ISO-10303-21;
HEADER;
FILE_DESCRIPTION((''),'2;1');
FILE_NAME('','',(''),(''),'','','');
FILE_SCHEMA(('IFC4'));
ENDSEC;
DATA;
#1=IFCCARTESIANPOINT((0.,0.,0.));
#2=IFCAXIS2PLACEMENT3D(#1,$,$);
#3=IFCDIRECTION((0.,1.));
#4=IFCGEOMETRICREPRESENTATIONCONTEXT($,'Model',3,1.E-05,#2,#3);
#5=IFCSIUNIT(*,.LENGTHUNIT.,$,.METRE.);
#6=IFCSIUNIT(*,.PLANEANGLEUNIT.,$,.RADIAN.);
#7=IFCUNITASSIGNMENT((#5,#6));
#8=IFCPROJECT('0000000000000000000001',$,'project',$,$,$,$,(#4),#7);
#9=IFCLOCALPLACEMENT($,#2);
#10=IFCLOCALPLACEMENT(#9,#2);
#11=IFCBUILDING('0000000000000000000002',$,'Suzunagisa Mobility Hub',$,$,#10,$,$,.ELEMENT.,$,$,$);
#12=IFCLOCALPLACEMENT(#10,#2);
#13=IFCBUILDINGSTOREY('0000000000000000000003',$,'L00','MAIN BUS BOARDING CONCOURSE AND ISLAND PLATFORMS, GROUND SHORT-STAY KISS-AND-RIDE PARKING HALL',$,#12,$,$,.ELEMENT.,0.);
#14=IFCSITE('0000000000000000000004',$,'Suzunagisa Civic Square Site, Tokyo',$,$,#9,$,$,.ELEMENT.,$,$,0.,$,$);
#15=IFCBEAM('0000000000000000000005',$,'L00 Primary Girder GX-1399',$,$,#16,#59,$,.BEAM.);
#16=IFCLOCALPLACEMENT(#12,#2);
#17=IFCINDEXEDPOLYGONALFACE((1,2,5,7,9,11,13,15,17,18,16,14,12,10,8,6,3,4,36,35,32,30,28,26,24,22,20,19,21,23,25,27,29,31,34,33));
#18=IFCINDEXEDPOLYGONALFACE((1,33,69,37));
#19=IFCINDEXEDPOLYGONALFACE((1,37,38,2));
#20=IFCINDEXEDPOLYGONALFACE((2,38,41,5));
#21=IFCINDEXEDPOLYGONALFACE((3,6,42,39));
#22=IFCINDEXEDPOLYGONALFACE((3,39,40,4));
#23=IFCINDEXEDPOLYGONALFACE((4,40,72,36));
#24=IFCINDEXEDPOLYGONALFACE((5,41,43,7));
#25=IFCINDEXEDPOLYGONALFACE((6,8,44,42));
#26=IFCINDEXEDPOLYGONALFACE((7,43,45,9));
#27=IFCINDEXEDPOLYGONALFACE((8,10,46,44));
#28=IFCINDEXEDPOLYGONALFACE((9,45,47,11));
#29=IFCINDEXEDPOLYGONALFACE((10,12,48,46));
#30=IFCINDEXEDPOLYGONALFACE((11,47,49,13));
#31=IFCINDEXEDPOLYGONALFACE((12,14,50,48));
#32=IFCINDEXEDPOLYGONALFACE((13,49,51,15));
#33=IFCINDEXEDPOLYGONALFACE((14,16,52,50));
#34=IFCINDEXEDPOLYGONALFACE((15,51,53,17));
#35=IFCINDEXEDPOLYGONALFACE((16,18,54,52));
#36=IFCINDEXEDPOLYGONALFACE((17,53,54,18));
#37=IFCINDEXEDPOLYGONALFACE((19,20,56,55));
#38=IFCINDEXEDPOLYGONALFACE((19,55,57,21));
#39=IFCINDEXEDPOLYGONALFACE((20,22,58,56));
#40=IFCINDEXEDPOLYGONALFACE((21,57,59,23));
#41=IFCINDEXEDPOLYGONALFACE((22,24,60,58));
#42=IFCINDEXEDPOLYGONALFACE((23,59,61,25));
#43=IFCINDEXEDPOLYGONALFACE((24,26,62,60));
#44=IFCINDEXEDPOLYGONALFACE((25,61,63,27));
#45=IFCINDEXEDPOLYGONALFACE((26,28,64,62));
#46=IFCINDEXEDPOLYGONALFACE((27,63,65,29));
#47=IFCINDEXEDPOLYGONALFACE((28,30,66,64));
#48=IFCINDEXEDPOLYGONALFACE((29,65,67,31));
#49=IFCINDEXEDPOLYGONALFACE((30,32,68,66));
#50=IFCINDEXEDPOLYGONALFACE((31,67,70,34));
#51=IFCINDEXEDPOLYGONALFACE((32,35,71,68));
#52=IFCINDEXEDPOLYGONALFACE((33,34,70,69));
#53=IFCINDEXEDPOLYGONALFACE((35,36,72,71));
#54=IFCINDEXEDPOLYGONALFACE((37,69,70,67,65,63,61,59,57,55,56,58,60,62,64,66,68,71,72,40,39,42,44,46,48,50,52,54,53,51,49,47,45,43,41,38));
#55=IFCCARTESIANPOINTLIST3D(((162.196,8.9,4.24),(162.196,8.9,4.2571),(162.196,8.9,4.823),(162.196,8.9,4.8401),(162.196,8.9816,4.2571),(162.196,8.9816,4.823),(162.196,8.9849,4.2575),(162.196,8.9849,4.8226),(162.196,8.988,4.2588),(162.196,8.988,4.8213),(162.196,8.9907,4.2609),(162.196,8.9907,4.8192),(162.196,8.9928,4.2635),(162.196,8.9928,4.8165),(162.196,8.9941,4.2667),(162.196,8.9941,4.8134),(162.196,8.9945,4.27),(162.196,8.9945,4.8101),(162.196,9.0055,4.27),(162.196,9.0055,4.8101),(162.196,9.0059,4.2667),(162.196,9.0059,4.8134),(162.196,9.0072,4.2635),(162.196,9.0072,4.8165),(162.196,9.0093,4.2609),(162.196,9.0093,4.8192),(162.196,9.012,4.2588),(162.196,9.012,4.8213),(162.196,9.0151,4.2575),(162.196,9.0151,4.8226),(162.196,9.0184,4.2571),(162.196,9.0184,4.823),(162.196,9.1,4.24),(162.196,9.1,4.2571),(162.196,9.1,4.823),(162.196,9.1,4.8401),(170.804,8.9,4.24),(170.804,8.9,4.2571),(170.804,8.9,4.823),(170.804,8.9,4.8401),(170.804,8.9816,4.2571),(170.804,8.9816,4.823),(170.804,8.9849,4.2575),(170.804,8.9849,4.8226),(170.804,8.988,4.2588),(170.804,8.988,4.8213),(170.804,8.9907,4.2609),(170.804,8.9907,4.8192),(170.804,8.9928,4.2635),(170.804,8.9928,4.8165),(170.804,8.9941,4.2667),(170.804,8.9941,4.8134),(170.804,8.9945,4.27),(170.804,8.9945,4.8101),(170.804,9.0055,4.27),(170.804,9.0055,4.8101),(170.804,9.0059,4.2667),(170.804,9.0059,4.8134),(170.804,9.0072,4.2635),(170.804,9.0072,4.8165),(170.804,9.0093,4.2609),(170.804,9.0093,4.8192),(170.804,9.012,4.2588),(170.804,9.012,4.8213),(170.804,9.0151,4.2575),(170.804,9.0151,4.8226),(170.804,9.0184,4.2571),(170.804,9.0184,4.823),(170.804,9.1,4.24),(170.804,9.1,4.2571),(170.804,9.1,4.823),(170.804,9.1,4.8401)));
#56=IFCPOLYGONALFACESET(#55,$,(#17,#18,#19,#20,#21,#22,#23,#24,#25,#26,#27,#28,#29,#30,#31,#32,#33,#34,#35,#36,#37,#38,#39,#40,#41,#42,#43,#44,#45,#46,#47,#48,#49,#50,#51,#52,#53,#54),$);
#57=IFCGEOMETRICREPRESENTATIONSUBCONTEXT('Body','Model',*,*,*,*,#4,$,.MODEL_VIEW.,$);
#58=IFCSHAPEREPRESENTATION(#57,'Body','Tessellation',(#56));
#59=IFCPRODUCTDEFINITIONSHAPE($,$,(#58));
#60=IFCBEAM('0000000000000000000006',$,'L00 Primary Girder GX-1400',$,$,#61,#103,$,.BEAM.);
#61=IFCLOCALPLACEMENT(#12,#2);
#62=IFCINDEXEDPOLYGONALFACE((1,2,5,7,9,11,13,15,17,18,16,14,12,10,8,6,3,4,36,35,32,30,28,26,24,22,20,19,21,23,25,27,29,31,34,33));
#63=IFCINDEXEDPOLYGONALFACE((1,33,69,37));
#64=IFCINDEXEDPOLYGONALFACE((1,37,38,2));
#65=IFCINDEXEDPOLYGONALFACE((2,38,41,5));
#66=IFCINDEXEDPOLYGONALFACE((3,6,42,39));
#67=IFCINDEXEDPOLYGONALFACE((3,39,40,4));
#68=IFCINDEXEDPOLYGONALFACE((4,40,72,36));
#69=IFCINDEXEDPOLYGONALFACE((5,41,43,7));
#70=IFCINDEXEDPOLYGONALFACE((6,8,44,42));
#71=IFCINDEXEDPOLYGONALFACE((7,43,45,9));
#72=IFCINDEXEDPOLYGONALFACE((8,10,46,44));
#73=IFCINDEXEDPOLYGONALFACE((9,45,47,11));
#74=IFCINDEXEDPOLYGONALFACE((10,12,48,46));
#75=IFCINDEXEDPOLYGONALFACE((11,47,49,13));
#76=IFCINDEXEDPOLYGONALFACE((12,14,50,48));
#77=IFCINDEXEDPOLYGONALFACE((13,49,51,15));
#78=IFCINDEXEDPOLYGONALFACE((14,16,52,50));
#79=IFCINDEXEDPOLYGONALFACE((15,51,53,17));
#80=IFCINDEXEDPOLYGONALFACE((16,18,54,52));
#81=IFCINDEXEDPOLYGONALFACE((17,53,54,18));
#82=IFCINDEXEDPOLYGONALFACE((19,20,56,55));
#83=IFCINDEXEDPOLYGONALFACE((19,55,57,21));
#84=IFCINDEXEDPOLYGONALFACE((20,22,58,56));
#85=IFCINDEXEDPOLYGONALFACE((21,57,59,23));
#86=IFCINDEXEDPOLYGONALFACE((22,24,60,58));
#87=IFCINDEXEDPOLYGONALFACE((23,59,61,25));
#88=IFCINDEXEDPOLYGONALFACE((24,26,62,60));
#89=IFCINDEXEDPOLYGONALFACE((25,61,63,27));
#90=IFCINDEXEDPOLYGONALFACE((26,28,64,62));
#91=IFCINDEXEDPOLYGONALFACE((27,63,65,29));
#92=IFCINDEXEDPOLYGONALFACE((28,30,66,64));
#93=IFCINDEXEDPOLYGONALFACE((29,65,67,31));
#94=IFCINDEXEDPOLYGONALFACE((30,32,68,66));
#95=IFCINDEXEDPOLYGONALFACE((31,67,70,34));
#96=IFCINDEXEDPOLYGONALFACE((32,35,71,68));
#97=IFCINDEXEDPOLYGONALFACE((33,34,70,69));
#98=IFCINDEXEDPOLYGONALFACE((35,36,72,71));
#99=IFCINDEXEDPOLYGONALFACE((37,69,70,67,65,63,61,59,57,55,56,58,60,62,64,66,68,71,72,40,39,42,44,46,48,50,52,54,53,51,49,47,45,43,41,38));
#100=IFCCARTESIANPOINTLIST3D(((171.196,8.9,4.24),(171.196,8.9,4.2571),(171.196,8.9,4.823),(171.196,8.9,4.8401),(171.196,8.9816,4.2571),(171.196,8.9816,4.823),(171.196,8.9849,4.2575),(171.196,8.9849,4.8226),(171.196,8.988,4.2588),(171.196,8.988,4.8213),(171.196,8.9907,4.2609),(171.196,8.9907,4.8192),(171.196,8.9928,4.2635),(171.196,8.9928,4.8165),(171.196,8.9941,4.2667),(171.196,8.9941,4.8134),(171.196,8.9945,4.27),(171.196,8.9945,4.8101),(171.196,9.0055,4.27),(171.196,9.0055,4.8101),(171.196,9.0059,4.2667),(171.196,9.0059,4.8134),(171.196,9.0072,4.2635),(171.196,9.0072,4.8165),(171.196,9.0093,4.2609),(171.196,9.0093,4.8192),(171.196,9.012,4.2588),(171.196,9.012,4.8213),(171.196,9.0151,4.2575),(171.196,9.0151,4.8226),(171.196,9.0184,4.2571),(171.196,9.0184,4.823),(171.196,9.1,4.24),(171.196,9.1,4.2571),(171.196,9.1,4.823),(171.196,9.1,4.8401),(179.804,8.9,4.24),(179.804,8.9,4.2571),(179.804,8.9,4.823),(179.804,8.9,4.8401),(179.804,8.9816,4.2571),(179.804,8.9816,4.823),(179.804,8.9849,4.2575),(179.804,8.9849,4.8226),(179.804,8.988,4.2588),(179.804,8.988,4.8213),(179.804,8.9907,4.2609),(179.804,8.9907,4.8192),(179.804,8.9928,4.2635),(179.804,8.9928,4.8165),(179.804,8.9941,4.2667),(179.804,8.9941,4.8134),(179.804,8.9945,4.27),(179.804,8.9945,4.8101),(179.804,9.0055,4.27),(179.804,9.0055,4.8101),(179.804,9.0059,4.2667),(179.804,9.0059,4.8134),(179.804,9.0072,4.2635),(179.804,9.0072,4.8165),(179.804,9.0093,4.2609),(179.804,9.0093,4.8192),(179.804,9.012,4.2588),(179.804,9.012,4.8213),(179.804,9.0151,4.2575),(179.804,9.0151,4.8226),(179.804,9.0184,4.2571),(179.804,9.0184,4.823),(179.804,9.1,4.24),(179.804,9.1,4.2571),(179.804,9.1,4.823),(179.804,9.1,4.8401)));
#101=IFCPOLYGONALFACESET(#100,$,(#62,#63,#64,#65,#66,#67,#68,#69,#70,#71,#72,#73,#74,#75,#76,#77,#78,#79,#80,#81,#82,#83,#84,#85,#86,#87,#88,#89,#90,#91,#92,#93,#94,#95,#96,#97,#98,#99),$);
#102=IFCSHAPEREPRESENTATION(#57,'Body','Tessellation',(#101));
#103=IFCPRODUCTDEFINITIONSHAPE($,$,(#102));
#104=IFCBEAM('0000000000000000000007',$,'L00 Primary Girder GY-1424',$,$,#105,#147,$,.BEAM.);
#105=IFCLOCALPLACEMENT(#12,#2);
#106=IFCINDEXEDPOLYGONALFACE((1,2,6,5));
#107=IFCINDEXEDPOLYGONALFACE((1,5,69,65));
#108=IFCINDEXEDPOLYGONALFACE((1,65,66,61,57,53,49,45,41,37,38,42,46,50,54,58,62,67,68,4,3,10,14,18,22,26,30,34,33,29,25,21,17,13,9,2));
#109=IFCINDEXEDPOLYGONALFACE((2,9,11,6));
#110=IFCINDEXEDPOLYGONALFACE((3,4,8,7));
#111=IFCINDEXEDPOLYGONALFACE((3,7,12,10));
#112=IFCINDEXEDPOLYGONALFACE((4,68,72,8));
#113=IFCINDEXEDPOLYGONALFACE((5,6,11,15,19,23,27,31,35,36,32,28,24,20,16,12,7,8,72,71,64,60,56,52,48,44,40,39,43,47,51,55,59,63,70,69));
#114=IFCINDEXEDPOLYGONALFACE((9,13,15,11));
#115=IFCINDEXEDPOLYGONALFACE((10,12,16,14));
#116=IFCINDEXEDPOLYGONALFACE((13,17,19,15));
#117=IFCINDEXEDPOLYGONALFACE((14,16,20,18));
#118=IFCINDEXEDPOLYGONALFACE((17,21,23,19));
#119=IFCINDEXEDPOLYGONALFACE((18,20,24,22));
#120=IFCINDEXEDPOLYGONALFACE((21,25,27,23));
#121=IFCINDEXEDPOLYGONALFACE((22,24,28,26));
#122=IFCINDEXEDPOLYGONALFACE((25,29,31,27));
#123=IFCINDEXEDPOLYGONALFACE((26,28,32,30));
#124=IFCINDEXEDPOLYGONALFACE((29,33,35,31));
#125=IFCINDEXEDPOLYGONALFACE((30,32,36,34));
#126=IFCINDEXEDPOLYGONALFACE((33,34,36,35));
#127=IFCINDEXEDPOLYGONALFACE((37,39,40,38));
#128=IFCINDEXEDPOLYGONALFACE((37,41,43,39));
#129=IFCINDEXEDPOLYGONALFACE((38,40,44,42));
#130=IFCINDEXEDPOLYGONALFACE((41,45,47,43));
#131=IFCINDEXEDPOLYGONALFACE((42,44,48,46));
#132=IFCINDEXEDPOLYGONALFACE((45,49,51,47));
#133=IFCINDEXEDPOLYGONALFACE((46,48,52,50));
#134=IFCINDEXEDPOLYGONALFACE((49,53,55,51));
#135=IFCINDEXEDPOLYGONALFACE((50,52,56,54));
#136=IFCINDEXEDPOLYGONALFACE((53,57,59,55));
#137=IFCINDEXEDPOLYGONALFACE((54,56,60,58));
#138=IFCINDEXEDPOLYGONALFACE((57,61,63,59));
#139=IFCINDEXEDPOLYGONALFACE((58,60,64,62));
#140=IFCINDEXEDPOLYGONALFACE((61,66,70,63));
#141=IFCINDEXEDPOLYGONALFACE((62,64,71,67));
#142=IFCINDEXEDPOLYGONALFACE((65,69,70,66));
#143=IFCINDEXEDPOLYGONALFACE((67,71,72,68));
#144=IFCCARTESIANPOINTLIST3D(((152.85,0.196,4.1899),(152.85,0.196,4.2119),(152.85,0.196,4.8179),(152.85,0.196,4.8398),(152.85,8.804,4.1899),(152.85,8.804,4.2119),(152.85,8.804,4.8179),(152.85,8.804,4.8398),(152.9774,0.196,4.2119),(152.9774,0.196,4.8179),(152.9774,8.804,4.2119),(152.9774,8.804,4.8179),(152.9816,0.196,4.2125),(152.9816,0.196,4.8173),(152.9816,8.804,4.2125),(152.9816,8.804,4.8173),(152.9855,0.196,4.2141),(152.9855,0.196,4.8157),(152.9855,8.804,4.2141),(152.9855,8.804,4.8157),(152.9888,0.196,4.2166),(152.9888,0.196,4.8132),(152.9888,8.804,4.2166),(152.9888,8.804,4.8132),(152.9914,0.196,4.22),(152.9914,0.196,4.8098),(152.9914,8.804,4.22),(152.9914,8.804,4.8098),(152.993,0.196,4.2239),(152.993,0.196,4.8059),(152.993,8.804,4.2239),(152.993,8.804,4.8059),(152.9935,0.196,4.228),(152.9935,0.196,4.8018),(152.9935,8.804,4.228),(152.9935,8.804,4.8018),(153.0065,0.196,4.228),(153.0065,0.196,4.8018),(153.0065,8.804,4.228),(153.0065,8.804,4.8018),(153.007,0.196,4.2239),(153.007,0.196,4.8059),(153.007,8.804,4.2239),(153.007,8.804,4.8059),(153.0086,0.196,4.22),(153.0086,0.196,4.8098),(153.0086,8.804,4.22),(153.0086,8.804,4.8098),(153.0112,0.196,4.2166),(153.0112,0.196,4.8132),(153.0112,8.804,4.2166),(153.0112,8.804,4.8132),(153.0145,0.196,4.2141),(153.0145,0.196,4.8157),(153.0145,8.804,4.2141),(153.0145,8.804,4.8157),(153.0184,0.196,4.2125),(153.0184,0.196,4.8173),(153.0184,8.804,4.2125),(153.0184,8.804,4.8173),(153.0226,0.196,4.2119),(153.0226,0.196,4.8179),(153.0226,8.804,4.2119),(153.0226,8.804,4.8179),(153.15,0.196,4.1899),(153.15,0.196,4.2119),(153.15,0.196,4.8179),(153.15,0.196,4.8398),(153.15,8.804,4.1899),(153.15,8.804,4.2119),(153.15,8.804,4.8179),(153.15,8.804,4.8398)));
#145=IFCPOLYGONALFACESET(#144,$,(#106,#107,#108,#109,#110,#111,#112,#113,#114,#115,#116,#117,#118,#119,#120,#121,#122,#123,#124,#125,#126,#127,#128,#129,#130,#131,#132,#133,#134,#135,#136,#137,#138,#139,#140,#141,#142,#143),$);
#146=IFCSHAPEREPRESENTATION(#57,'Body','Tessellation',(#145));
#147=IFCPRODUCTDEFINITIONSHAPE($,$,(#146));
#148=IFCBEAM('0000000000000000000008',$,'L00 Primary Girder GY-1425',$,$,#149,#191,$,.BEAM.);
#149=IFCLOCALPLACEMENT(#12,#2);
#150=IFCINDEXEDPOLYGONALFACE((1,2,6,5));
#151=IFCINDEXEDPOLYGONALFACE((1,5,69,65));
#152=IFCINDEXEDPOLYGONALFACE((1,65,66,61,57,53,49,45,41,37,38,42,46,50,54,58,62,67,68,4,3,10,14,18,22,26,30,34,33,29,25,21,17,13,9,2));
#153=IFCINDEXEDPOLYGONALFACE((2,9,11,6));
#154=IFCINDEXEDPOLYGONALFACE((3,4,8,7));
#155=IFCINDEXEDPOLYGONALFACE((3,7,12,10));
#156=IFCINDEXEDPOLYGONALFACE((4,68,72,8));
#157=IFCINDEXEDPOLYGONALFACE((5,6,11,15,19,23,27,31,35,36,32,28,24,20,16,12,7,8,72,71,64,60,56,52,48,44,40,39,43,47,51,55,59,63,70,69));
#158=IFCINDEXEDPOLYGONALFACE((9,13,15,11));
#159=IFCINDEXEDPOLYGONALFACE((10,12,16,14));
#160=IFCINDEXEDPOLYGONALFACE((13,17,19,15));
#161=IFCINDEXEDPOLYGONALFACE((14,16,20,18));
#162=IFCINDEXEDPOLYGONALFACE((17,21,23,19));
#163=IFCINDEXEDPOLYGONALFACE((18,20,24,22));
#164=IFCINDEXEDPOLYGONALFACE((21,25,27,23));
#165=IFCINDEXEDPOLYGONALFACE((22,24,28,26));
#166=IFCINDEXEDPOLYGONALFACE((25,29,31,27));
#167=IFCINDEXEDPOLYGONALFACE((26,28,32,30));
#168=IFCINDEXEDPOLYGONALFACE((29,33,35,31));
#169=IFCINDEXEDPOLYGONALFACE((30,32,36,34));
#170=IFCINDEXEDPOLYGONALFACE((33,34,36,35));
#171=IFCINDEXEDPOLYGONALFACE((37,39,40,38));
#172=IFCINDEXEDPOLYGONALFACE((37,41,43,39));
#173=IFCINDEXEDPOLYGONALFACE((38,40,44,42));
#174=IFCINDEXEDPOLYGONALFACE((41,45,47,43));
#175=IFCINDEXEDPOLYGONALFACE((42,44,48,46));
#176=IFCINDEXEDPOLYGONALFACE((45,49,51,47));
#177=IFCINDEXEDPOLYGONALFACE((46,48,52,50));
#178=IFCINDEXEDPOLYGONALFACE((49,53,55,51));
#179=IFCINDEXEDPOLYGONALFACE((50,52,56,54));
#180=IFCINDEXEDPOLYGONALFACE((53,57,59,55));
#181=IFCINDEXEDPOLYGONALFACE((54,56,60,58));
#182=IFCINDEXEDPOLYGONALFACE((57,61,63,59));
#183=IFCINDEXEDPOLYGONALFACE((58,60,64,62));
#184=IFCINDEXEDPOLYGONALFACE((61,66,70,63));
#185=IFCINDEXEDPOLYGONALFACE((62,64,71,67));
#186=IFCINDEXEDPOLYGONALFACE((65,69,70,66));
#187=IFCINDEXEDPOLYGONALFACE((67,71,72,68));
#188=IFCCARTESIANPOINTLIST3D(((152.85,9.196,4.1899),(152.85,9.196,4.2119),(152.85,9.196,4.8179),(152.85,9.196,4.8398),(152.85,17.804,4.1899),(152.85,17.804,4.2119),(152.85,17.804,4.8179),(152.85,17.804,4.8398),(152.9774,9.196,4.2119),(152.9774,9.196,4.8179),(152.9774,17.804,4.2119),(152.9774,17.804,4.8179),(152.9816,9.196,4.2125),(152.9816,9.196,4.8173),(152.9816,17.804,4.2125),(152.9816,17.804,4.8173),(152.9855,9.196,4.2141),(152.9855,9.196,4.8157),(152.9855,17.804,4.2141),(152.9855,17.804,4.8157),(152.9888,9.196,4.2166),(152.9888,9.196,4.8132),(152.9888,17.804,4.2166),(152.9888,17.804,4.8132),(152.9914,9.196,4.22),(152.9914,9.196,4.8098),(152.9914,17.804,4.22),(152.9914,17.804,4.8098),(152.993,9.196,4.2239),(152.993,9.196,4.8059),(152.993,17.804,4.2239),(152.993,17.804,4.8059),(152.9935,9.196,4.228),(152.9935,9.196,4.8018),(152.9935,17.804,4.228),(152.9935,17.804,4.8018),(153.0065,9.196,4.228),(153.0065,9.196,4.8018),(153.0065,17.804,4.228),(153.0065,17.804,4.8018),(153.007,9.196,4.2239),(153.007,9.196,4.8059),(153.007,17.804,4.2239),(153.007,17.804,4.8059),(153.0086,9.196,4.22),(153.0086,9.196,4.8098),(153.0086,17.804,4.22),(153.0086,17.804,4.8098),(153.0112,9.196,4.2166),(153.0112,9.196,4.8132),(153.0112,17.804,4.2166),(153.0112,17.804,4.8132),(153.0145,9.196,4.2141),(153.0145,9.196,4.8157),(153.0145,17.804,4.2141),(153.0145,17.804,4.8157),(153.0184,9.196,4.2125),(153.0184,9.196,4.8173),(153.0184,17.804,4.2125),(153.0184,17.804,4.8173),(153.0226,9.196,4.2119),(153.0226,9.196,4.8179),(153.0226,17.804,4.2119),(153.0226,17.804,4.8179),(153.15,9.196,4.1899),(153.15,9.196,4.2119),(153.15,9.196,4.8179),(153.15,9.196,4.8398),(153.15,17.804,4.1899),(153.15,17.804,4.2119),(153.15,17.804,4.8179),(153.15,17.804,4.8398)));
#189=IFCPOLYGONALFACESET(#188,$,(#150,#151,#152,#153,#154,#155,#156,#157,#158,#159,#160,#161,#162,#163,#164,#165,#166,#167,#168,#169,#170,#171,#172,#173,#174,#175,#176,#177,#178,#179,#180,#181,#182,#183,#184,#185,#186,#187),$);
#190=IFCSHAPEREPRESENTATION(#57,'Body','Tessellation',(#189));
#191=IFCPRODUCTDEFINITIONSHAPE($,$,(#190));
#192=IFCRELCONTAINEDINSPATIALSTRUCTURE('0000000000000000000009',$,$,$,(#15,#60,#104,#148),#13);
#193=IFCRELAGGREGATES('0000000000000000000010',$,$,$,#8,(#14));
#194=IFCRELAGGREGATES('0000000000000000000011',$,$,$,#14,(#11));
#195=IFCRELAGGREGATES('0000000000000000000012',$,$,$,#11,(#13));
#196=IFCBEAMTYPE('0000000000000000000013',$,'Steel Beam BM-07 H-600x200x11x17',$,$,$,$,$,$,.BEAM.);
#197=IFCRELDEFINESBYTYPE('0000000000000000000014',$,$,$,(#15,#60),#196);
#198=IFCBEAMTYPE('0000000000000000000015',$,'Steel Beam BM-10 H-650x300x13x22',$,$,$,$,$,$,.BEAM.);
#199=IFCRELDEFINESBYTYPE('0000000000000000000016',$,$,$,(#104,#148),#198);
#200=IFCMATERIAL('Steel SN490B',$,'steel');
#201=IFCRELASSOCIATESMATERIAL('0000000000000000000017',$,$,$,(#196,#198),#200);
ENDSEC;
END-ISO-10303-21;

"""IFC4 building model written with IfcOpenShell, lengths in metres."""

from ifc_helpers import new_model, si_unit, direction, frame, origin, origin_2d, place, context, subcontext, project, spatial, i_section, extrude, material, material_profile, profile_set, type_object, element, save


model = new_model("IFC4")

# Units and contexts
model_context = context("Model", 3, precision=1e-05, world=origin(), true_north=direction((0.0, 1.0)))
body_context = subcontext(model_context, "Body", "Model", "MODEL_VIEW")
ifc_project = project(units=[si_unit("LENGTHUNIT", "METRE"), si_unit("PLANEANGLEUNIT", "RADIAN")], contexts=[model_context])

# Site, building, storey
site_placement = place(None, origin())
site = spatial("IfcSite", under=ifc_project, at=site_placement, Name="Suzunagisa Civic Square Site, Tokyo", CompositionType="ELEMENT", RefElevation=0.0)
building_placement = place(site_placement, origin())
building = spatial("IfcBuilding", under=site, at=building_placement, Name="Suzunagisa Mobility Hub", CompositionType="ELEMENT")
storey_placement = place(building_placement, origin())
storey = spatial("IfcBuildingStorey", under=building, at=storey_placement, Name="L00", Description="MAIN BUS BOARDING CONCOURSE AND ISLAND PLATFORMS, GROUND SHORT-STAY KISS-AND-RIDE PARKING HALL", CompositionType="ELEMENT", Elevation=0.0)

# Shared definitions
ifc_material_1 = material(Name="Steel SN490B", Category="steel")

# Beams
ifc_material_profile_1 = material_profile(ifc_material_1, i_section(OverallWidth=0.2, OverallDepth=0.6001, WebThickness=0.011, FlangeThickness=0.0171, FilletRadius=0.0129, at=origin_2d()), Name="H-600x200x11x17")
ifc_profile_set_1 = profile_set([ifc_material_profile_1], Name="Steel SN490B")
beam_type_1 = type_object("IfcBeamType", Name="Steel Beam BM-07 H-600x200x11x17", PredefinedType="BEAM", material=ifc_profile_set_1)
for number, where, z_axis, x_axis, name in (
    (1, (162.196, 9.0, 4.54), (1.0, 0.0, 0.0), (0.0, 1.0, 0.0), "L00 Primary Girder GX-1399"),
    (2, (171.196, 9.0, 4.54), (1.0, 0.0, 0.0), (0.0, 1.0, 0.0), "L00 Primary Girder GX-1400"),
):
    element("IfcBeam", number, at=place(storey_placement, frame(where, z_axis=z_axis, x_axis=x_axis)), inside=storey, type_object=beam_type_1, Name=name, PredefinedType="BEAM", context=body_context, shape_type="SweptSolid", body=[
        extrude(i_section(OverallWidth=0.2, OverallDepth=0.6001, WebThickness=0.011, FlangeThickness=0.0171, FilletRadius=0.0129, at=origin_2d()), origin(), (0.0, 0.0, 1.0), 8.6079),
    ])
ifc_material_profile_2 = material_profile(ifc_material_1, i_section(OverallWidth=0.3, OverallDepth=0.6499, WebThickness=0.0129, FlangeThickness=0.022, FilletRadius=0.0161, at=origin_2d()), Name="H-650x300x13x22")
ifc_profile_set_2 = profile_set([ifc_material_profile_2], Name="Steel SN490B")
beam_type_2 = type_object("IfcBeamType", Name="Steel Beam BM-10 H-650x300x13x22", PredefinedType="BEAM", material=ifc_profile_set_2)
for number, where, z_axis, x_axis, name in (
    (3, (153.0, 0.196, 4.5149), (0.0, 1.0, 0.0), (-1.0, 0.0, 0.0), "L00 Primary Girder GY-1424"),
    (4, (153.0, 9.196, 4.5149), (0.0, 1.0, 0.0), (-1.0, 0.0, 0.0), "L00 Primary Girder GY-1425"),
):
    element("IfcBeam", number, at=place(storey_placement, frame(where, z_axis=z_axis, x_axis=x_axis)), inside=storey, type_object=beam_type_2, Name=name, PredefinedType="BEAM", context=body_context, shape_type="SweptSolid", body=[
        extrude(i_section(OverallWidth=0.3, OverallDepth=0.6499, WebThickness=0.0129, FlangeThickness=0.022, FilletRadius=0.0161, at=origin_2d()), origin(), (0.0, 0.0, 1.0), 8.6079),
    ])

save(model, "model.ifc")
